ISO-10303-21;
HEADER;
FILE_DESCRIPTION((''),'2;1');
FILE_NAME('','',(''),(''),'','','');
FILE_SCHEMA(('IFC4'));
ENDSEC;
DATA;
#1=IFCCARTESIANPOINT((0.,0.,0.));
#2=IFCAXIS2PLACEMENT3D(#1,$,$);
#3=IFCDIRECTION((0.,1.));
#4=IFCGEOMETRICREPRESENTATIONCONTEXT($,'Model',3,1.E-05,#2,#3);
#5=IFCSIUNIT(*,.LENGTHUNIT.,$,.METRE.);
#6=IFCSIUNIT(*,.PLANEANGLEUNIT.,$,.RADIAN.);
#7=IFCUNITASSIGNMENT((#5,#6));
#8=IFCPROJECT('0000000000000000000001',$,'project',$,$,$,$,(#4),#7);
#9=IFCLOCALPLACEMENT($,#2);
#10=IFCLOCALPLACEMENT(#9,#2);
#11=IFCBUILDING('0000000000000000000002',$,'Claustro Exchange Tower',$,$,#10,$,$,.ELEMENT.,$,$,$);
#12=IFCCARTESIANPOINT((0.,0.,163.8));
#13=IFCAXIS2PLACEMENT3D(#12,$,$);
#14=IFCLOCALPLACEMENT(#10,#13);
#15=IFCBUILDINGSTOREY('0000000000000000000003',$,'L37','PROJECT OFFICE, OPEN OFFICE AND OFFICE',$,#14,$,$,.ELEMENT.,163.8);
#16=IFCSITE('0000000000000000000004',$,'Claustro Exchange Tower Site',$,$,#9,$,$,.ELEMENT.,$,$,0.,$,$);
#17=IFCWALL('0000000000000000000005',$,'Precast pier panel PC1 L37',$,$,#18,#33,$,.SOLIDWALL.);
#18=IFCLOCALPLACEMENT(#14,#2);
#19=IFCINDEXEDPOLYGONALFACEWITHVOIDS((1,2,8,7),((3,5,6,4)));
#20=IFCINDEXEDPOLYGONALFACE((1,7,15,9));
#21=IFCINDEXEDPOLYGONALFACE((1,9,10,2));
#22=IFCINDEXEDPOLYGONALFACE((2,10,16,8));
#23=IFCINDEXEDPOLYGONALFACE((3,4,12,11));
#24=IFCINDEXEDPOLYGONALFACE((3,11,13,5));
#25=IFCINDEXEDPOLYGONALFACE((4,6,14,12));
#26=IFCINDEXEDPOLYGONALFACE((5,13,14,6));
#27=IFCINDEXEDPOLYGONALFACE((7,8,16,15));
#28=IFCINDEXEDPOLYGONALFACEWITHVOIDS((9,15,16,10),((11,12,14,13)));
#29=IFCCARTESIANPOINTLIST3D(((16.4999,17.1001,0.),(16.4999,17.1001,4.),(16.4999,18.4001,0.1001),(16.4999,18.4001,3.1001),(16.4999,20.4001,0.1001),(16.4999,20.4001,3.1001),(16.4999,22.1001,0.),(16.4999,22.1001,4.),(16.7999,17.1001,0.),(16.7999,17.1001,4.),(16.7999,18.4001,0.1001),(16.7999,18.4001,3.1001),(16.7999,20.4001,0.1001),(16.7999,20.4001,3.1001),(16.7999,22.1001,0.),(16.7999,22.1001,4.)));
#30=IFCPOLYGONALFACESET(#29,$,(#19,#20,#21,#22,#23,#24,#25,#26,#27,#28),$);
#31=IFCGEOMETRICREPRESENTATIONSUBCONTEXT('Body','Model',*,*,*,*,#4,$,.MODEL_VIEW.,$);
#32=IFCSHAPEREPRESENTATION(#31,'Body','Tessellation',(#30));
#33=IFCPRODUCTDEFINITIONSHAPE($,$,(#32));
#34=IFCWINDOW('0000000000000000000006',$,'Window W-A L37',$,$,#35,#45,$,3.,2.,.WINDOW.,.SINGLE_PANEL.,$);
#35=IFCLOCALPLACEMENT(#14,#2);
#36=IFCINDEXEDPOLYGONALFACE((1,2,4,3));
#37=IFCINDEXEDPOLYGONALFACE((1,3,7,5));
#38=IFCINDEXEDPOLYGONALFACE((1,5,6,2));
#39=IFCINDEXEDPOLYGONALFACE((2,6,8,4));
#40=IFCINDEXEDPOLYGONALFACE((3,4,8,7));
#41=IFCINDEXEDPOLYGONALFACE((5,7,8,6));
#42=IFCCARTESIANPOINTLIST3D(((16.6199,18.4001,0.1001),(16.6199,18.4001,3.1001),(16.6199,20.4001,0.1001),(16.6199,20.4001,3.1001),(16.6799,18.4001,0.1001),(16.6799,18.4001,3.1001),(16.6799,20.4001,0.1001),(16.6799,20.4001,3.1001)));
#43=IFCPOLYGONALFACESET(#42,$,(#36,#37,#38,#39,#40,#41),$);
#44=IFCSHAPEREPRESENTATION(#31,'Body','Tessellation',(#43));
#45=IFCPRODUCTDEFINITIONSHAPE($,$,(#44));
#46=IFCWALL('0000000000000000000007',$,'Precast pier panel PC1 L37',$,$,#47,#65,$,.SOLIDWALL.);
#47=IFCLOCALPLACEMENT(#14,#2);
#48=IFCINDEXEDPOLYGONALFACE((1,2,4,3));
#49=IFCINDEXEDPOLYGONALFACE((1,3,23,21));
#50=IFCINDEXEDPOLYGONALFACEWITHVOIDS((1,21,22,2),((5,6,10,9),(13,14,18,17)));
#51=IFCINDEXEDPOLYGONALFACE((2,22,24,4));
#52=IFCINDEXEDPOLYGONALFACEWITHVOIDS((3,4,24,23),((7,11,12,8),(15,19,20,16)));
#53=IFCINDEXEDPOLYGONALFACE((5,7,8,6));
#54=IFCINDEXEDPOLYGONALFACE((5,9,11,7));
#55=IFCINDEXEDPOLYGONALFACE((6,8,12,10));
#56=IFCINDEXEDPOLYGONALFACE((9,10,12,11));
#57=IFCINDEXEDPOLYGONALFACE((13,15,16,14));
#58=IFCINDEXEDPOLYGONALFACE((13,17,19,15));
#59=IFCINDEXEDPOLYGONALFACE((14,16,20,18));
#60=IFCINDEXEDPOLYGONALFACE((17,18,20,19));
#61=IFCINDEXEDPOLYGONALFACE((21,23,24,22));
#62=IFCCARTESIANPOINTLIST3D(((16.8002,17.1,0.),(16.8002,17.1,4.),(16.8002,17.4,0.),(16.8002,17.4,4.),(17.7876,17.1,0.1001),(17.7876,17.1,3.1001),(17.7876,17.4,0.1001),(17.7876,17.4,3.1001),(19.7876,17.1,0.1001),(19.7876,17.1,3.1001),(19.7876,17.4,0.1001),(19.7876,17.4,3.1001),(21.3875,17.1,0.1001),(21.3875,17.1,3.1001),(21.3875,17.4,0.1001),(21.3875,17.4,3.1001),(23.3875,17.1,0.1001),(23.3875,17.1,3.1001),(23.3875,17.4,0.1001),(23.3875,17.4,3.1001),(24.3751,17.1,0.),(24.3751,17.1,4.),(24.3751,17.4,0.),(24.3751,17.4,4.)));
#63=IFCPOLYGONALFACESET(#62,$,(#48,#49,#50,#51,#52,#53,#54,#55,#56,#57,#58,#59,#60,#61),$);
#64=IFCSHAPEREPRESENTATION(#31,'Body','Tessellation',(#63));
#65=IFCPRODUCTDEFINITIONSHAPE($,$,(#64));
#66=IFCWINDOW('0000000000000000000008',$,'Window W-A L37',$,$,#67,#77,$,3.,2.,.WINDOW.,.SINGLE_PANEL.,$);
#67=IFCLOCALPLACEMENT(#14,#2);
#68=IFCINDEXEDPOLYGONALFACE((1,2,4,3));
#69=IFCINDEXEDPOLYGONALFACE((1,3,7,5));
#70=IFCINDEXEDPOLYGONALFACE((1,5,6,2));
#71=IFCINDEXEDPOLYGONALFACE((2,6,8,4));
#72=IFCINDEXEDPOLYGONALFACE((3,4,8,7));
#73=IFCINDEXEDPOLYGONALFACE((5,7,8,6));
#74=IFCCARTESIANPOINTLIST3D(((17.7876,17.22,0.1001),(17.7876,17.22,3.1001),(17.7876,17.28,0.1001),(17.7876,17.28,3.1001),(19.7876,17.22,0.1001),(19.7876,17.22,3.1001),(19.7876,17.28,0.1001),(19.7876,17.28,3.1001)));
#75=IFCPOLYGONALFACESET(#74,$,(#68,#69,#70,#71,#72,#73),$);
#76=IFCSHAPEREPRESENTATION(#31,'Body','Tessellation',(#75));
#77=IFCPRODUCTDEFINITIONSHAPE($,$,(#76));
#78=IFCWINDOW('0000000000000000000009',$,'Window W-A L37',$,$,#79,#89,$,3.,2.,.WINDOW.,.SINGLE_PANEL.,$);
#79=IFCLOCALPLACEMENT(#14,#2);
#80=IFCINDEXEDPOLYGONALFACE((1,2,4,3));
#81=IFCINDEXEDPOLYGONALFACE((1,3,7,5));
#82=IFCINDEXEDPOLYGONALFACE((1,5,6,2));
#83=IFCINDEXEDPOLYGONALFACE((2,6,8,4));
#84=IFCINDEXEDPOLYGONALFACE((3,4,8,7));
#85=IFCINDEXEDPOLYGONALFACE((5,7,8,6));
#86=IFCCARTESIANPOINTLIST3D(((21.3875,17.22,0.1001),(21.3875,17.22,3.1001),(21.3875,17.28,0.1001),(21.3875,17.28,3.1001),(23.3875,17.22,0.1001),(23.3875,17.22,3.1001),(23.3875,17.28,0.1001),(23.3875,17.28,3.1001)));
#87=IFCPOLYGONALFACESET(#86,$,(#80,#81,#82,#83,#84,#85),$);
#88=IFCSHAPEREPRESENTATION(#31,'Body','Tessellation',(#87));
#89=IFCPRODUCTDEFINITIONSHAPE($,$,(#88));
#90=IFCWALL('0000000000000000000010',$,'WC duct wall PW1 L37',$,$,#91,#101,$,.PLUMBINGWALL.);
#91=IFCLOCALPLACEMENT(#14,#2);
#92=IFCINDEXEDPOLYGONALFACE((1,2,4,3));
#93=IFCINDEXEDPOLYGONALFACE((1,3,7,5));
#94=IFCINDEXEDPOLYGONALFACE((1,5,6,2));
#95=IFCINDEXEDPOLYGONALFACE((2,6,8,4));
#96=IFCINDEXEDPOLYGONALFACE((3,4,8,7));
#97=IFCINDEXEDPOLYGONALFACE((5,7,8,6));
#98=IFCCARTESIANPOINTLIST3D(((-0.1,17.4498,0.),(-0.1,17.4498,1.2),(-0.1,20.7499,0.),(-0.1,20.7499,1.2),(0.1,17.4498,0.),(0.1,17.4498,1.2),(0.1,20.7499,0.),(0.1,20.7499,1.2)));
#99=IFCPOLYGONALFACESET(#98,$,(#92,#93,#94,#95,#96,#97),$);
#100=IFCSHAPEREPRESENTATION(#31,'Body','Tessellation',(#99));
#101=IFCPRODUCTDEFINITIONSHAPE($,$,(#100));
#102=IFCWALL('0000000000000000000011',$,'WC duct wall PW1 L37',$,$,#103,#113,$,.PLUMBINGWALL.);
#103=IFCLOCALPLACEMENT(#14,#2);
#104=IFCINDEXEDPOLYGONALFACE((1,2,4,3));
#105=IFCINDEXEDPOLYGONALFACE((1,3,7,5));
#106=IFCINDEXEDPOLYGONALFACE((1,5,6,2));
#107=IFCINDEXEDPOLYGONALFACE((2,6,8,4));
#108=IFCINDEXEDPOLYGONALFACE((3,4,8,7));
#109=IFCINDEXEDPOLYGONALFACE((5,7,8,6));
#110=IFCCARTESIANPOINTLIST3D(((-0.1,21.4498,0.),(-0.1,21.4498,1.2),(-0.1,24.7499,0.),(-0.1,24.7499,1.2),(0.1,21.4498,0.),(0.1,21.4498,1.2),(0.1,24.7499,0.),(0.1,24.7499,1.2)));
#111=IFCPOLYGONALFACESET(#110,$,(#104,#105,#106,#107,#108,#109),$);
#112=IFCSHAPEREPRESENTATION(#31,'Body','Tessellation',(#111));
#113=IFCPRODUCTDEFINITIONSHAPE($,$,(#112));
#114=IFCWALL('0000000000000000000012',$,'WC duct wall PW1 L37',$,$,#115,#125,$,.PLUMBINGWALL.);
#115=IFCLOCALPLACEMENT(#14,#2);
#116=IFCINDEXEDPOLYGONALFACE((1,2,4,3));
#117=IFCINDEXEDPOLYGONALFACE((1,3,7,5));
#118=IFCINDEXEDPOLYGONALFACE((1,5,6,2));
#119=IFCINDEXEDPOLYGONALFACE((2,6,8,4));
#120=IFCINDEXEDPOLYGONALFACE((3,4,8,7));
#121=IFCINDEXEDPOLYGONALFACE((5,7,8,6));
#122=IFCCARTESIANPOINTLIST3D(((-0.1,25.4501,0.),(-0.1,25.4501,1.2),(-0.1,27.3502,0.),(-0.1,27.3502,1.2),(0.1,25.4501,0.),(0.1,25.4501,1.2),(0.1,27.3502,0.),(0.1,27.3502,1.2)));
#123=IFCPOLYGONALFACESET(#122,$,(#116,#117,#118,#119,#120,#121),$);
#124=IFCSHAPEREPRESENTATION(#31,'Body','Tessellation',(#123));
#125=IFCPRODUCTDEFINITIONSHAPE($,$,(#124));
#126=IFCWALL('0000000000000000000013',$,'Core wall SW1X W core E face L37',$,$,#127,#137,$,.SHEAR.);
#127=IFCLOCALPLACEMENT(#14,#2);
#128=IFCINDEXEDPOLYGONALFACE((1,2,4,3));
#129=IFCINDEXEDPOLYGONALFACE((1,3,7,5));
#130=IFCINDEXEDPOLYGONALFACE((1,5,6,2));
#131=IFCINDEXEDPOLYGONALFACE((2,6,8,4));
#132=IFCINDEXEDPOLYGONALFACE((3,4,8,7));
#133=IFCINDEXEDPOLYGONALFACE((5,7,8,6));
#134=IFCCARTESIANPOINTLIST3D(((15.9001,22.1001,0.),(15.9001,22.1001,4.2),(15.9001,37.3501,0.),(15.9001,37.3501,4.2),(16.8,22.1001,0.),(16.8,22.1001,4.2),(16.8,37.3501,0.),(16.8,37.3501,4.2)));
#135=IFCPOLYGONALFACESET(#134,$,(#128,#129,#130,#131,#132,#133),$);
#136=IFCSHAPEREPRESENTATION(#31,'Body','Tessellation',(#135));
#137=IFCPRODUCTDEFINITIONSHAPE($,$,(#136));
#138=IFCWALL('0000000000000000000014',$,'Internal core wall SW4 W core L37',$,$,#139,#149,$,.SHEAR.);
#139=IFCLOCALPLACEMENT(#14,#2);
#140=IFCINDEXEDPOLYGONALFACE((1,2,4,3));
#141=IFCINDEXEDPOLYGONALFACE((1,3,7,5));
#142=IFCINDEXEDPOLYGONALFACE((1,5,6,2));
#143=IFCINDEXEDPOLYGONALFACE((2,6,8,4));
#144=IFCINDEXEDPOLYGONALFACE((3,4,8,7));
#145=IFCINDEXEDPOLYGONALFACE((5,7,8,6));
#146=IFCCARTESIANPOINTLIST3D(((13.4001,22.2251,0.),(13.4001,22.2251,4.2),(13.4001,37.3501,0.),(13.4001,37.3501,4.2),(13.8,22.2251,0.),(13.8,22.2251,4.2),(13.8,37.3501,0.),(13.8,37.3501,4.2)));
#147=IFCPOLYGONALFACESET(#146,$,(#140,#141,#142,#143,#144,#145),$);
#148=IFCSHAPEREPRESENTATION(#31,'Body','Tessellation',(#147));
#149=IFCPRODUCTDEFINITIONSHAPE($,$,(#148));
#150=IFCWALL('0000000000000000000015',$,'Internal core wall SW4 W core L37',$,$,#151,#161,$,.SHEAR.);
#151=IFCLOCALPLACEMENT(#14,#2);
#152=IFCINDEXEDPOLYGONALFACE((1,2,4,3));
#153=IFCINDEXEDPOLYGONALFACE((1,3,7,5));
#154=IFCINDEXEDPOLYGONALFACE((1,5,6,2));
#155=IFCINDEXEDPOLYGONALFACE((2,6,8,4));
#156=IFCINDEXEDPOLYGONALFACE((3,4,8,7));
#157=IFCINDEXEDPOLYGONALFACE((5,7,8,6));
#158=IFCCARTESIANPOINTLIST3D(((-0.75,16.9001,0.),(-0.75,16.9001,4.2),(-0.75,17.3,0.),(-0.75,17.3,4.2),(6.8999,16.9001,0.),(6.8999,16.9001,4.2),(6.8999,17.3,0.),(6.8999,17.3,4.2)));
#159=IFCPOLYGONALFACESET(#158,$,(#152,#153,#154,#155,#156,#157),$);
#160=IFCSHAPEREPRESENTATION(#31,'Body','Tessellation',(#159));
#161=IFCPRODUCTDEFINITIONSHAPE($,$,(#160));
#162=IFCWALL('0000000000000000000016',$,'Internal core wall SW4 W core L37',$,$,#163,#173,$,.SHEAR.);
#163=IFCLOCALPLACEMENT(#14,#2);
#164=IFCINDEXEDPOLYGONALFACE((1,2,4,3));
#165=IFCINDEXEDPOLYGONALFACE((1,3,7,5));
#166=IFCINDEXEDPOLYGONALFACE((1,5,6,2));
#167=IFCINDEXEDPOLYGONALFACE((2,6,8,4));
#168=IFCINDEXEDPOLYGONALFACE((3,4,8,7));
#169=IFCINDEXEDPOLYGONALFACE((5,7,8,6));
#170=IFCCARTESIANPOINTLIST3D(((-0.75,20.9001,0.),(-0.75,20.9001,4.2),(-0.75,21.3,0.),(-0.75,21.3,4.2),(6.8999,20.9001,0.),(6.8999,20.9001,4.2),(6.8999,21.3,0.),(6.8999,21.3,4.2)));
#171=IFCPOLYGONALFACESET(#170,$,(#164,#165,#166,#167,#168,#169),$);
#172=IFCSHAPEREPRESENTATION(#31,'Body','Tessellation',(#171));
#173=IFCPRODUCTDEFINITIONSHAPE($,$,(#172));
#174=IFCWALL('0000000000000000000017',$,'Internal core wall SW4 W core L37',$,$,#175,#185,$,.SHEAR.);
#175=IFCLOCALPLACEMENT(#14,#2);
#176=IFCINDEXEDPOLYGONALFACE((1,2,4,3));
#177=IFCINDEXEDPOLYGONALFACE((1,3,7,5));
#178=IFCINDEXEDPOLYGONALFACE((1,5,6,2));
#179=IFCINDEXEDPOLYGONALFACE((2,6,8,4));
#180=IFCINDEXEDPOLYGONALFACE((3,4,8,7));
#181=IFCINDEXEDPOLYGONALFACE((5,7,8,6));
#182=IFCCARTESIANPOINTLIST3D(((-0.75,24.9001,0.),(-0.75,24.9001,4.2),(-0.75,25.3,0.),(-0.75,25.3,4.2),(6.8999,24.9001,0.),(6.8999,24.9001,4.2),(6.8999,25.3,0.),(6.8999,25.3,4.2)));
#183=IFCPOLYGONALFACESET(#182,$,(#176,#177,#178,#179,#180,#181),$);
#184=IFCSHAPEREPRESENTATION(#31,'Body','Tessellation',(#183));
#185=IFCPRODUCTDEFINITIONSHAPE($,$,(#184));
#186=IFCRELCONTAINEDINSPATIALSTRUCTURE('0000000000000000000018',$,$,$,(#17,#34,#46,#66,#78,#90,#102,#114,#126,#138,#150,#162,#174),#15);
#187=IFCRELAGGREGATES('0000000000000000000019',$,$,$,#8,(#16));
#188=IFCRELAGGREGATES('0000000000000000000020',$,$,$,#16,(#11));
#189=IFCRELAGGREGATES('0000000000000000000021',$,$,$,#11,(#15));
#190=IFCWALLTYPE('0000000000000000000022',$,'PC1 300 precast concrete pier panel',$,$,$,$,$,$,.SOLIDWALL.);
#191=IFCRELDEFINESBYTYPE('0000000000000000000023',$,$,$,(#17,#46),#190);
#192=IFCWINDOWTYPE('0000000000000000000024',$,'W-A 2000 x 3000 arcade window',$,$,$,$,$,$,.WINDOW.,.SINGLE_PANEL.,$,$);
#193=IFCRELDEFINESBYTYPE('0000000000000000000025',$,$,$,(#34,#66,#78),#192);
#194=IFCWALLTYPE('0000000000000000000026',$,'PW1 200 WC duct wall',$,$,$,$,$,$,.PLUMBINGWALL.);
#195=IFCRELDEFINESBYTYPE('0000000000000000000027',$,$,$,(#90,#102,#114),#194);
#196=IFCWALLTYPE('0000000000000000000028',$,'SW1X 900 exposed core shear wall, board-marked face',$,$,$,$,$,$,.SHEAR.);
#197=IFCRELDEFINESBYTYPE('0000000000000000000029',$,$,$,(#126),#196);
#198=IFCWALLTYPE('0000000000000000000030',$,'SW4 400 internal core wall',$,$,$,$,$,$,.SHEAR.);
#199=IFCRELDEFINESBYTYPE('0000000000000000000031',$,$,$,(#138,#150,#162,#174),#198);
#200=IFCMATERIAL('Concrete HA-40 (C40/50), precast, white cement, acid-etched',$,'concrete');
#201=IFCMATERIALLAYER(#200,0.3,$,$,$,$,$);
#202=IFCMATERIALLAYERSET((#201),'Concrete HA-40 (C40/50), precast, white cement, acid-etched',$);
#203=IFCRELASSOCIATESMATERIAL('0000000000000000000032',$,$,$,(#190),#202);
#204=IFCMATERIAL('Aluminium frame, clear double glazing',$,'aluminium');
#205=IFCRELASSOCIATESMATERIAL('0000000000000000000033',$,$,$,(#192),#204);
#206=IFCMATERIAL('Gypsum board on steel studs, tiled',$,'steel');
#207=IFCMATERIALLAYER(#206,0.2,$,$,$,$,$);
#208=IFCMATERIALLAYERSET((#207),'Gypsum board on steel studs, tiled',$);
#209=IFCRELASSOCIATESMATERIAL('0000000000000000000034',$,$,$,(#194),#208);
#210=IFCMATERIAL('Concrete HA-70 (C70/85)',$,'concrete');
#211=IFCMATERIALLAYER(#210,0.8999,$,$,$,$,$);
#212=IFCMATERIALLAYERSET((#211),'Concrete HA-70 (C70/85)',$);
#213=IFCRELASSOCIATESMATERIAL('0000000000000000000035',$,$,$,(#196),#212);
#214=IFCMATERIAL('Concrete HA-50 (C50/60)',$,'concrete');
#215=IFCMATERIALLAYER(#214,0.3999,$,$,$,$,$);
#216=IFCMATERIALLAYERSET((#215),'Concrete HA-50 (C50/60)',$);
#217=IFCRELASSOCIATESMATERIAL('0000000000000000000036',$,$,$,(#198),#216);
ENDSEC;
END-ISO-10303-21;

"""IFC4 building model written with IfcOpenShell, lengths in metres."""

from ifc_helpers import new_model, si_unit, direction, frame, frame_2d, origin, place, context, subcontext, project, spatial, rectangle, extrude, material, layer, layer_set, type_object, element, fill, save


model = new_model("IFC4")

# Units and contexts
model_context = context("Model", 3, precision=1e-05, world=origin(), true_north=direction((0.0, 1.0)))
body_context = subcontext(model_context, "Body", "Model", "MODEL_VIEW")
ifc_project = project(units=[si_unit("LENGTHUNIT", "METRE"), si_unit("PLANEANGLEUNIT", "RADIAN")], contexts=[model_context])

# Site, building, storey
site_placement = place(None, origin())
site = spatial("IfcSite", under=ifc_project, at=site_placement, Name="Claustro Exchange Tower Site", CompositionType="ELEMENT", RefElevation=0.0)
building_placement = place(site_placement, origin())
building = spatial("IfcBuilding", under=site, at=building_placement, Name="Claustro Exchange Tower", CompositionType="ELEMENT")
storey_placement = place(building_placement, frame((0.0, 0.0, 163.8)))
storey = spatial("IfcBuildingStorey", under=building, at=storey_placement, Name="L37", Description="PROJECT OFFICE, OPEN OFFICE AND OFFICE", CompositionType="ELEMENT", Elevation=163.8)

# Wall, opening, window
ifc_material_1 = material(Name="Concrete HA-40 (C40/50), precast, white cement, acid-etched", Category="concrete")
ifc_layer_1 = layer(ifc_material_1, 0.3)
ifc_layer_set_1 = layer_set([ifc_layer_1], Name="Concrete HA-40 (C40/50), precast, white cement, acid-etched")
wall_type_1 = type_object("IfcWallType", Name="PC1 300 precast concrete pier panel", PredefinedType="SOLIDWALL", material=ifc_layer_set_1)
wall_1_placement = place(storey_placement, frame((16.6499, 17.1001, 0.0), z_axis=(0.0, 0.0, 1.0), x_axis=(0.0, 1.0, 0.0)))
wall_1 = element("IfcWall", 1, at=wall_1_placement, inside=storey, type_object=wall_type_1, Name="Precast pier panel PC1 L37", PredefinedType="SOLIDWALL", context=body_context, shape_type="SweptSolid", body=[
    extrude(rectangle(XDim=5.0, YDim=0.3, at=frame_2d((2.5, 0.0))), origin(), (0.0, 0.0, 1.0), 4.0),
])
opening_1_placement = place(wall_1_placement, frame((1.3, 0.0, 0.1001)))
opening_1 = element("IfcOpeningElement", 2, at=opening_1_placement, cuts=wall_1, PredefinedType="OPENING", context=body_context, shape_type="SweptSolid", body=[
    extrude(rectangle(XDim=2.0, YDim=3.0, at=frame_2d((1.0, 1.5))), frame((0.0, 0.1599, 0.0), z_axis=(0.0, -1.0, 0.0), x_axis=(1.0, 0.0, 0.0)), (0.0, 0.0, 1.0), 0.3201),
])
ifc_material_2 = material(Name="Aluminium frame, clear double glazing", Category="aluminium")
window_type = type_object("IfcWindowType", Name="W-A 2000 x 3000 arcade window", PartitioningType="SINGLE_PANEL", PredefinedType="WINDOW", material=ifc_material_2)
window_1_placement = place(opening_1_placement, origin())
window_1 = element("IfcWindow", 3, at=window_1_placement, inside=storey, type_object=window_type, Name="Window W-A L37", OverallHeight=3.0, OverallWidth=2.0, PartitioningType="SINGLE_PANEL", PredefinedType="WINDOW", context=body_context, shape_type="SweptSolid", body=[
    extrude(rectangle(XDim=2.0, YDim=3.0, at=frame_2d((1.0, 1.5))), frame((0.0, 0.03, 0.0), z_axis=(0.0, -1.0, 0.0), x_axis=(1.0, 0.0, 0.0)), (0.0, 0.0, 1.0), 0.0601),
])
fill(opening_1, window_1)

# Wall, openings, windows
wall_2_placement = place(storey_placement, frame((16.8, 17.25, 0.0), z_axis=(0.0, 0.0, 1.0), x_axis=(1.0, 0.0, 0.0)))
wall_2 = element("IfcWall", 4, at=wall_2_placement, inside=storey, type_object=wall_type_1, Name="Precast pier panel PC1 L37", PredefinedType="SOLIDWALL", context=body_context, shape_type="SweptSolid", body=[
    extrude(rectangle(XDim=7.575, YDim=0.3, at=frame_2d((3.7876, 0.0))), origin(), (0.0, 0.0, 1.0), 4.0),
])
opening_2_placement = place(wall_2_placement, frame((0.9875, 0.0, 0.1001)))
opening_2 = element("IfcOpeningElement", 5, at=opening_2_placement, cuts=wall_2, PredefinedType="OPENING", context=body_context, shape_type="SweptSolid", body=[
    extrude(rectangle(XDim=2.0, YDim=3.0, at=frame_2d((1.0, 1.5))), frame((0.0, 0.1599, 0.0), z_axis=(0.0, -1.0, 0.0), x_axis=(1.0, 0.0, 0.0)), (0.0, 0.0, 1.0), 0.3201),
])
opening_3_placement = place(wall_2_placement, frame((4.5874, 0.0, 0.1001)))
opening_3 = element("IfcOpeningElement", 6, at=opening_3_placement, cuts=wall_2, PredefinedType="OPENING", context=body_context, shape_type="SweptSolid", body=[
    extrude(rectangle(XDim=2.0, YDim=3.0, at=frame_2d((1.0, 1.5))), frame((0.0, 0.1599, 0.0), z_axis=(0.0, -1.0, 0.0), x_axis=(1.0, 0.0, 0.0)), (0.0, 0.0, 1.0), 0.3201),
])
window_2_placement = place(opening_2_placement, origin())
window_2 = element("IfcWindow", 7, at=window_2_placement, inside=storey, type_object=window_type, Name="Window W-A L37", OverallHeight=3.0, OverallWidth=2.0, PartitioningType="SINGLE_PANEL", PredefinedType="WINDOW", context=body_context, shape_type="SweptSolid", body=[
    extrude(rectangle(XDim=2.0, YDim=3.0, at=frame_2d((1.0, 1.5))), frame((0.0, 0.03, 0.0), z_axis=(0.0, -1.0, 0.0), x_axis=(1.0, 0.0, 0.0)), (0.0, 0.0, 1.0), 0.0601),
])
fill(opening_2, window_2)
window_3_placement = place(opening_3_placement, origin())
window_3 = element("IfcWindow", 8, at=window_3_placement, inside=storey, type_object=window_type, Name="Window W-A L37", OverallHeight=3.0, OverallWidth=2.0, PartitioningType="SINGLE_PANEL", PredefinedType="WINDOW", context=body_context, shape_type="SweptSolid", body=[
    extrude(rectangle(XDim=2.0, YDim=3.0, at=frame_2d((1.0, 1.5))), frame((0.0, 0.03, 0.0), z_axis=(0.0, -1.0, 0.0), x_axis=(1.0, 0.0, 0.0)), (0.0, 0.0, 1.0), 0.0601),
])
fill(opening_3, window_3)

# Walls
ifc_material_3 = material(Name="Gypsum board on steel studs, tiled", Category="steel")
ifc_layer_2 = layer(ifc_material_3, 0.2)
ifc_layer_set_2 = layer_set([ifc_layer_2], Name="Gypsum board on steel studs, tiled")
wall_type_2 = type_object("IfcWallType", Name="PW1 200 WC duct wall", PredefinedType="PLUMBINGWALL", material=ifc_layer_set_2)
for number, where, z_axis, x_axis, name in (
    (9, (0.0, 17.45, 0.0), (0.0, 0.0, 1.0), (0.0, 1.0, 0.0), "WC duct wall PW1 L37"),
    (10, (0.0, 21.45, 0.0), (0.0, 0.0, 1.0), (0.0, 1.0, 0.0), "WC duct wall PW1 L37"),
):
    element("IfcWall", number, at=place(storey_placement, frame(where, z_axis=z_axis, x_axis=x_axis)), inside=storey, type_object=wall_type_2, Name=name, PredefinedType="PLUMBINGWALL", context=body_context, shape_type="SweptSolid", body=[
        extrude(rectangle(XDim=3.3, YDim=0.2, at=frame_2d((1.6499, 0.0))), origin(), (0.0, 0.0, 1.0), 1.2),
    ])
wall_3_placement = place(storey_placement, frame((0.0, 25.45, 0.0), z_axis=(0.0, 0.0, 1.0), x_axis=(0.0, 1.0, 0.0)))
element("IfcWall", 11, at=wall_3_placement, inside=storey, type_object=wall_type_2, Name="WC duct wall PW1 L37", PredefinedType="PLUMBINGWALL", context=body_context, shape_type="SweptSolid", body=[
    extrude(rectangle(XDim=1.9001, YDim=0.2, at=frame_2d((0.9502, 0.0))), origin(), (0.0, 0.0, 1.0), 1.2),
])
ifc_material_4 = material(Name="Concrete HA-70 (C70/85)", Category="concrete")
ifc_layer_3 = layer(ifc_material_4, 0.8999)
ifc_layer_set_3 = layer_set([ifc_layer_3], Name="Concrete HA-70 (C70/85)")
wall_type_3 = type_object("IfcWallType", Name="SW1X 900 exposed core shear wall, board-marked face", PredefinedType="SHEAR", material=ifc_layer_set_3)
wall_4_placement = place(storey_placement, frame((16.3501, 22.1001, 0.0), z_axis=(0.0, 0.0, 1.0), x_axis=(0.0, 1.0, 0.0)))
element("IfcWall", 12, at=wall_4_placement, inside=storey, type_object=wall_type_3, Name="Core wall SW1X W core E face L37", PredefinedType="SHEAR", context=body_context, shape_type="SweptSolid", body=[
    extrude(rectangle(XDim=15.25, YDim=0.8999, at=frame_2d((7.625, 0.0))), origin(), (0.0, 0.0, 1.0), 4.2),
])
ifc_material_5 = material(Name="Concrete HA-50 (C50/60)", Category="concrete")
ifc_layer_4 = layer(ifc_material_5, 0.3999)
ifc_layer_set_4 = layer_set([ifc_layer_4], Name="Concrete HA-50 (C50/60)")
wall_type_4 = type_object("IfcWallType", Name="SW4 400 internal core wall", PredefinedType="SHEAR", material=ifc_layer_set_4)
wall_5_placement = place(storey_placement, frame((13.6001, 22.2251, 0.0), z_axis=(0.0, 0.0, 1.0), x_axis=(0.0, 1.0, 0.0)))
element("IfcWall", 13, at=wall_5_placement, inside=storey, type_object=wall_type_4, Name="Internal core wall SW4 W core L37", PredefinedType="SHEAR", context=body_context, shape_type="SweptSolid", body=[
    extrude(rectangle(XDim=15.125, YDim=0.3999, at=frame_2d((7.5625, 0.0))), origin(), (0.0, 0.0, 1.0), 4.2),
])
for number, where, z_axis, x_axis, name in (
    (14, (-0.75, 17.1001, 0.0), (0.0, 0.0, 1.0), (1.0, 0.0, 0.0), "Internal core wall SW4 W core L37"),
    (15, (-0.75, 21.1001, 0.0), (0.0, 0.0, 1.0), (1.0, 0.0, 0.0), "Internal core wall SW4 W core L37"),
    (16, (-0.75, 25.1001, 0.0), (0.0, 0.0, 1.0), (1.0, 0.0, 0.0), "Internal core wall SW4 W core L37"),
):
    element("IfcWall", number, at=place(storey_placement, frame(where, z_axis=z_axis, x_axis=x_axis)), inside=storey, type_object=wall_type_4, Name=name, PredefinedType="SHEAR", context=body_context, shape_type="SweptSolid", body=[
        extrude(rectangle(XDim=7.6499, YDim=0.3999, at=frame_2d((3.825, 0.0))), origin(), (0.0, 0.0, 1.0), 4.2),
    ])

save(model, "model.ifc")
